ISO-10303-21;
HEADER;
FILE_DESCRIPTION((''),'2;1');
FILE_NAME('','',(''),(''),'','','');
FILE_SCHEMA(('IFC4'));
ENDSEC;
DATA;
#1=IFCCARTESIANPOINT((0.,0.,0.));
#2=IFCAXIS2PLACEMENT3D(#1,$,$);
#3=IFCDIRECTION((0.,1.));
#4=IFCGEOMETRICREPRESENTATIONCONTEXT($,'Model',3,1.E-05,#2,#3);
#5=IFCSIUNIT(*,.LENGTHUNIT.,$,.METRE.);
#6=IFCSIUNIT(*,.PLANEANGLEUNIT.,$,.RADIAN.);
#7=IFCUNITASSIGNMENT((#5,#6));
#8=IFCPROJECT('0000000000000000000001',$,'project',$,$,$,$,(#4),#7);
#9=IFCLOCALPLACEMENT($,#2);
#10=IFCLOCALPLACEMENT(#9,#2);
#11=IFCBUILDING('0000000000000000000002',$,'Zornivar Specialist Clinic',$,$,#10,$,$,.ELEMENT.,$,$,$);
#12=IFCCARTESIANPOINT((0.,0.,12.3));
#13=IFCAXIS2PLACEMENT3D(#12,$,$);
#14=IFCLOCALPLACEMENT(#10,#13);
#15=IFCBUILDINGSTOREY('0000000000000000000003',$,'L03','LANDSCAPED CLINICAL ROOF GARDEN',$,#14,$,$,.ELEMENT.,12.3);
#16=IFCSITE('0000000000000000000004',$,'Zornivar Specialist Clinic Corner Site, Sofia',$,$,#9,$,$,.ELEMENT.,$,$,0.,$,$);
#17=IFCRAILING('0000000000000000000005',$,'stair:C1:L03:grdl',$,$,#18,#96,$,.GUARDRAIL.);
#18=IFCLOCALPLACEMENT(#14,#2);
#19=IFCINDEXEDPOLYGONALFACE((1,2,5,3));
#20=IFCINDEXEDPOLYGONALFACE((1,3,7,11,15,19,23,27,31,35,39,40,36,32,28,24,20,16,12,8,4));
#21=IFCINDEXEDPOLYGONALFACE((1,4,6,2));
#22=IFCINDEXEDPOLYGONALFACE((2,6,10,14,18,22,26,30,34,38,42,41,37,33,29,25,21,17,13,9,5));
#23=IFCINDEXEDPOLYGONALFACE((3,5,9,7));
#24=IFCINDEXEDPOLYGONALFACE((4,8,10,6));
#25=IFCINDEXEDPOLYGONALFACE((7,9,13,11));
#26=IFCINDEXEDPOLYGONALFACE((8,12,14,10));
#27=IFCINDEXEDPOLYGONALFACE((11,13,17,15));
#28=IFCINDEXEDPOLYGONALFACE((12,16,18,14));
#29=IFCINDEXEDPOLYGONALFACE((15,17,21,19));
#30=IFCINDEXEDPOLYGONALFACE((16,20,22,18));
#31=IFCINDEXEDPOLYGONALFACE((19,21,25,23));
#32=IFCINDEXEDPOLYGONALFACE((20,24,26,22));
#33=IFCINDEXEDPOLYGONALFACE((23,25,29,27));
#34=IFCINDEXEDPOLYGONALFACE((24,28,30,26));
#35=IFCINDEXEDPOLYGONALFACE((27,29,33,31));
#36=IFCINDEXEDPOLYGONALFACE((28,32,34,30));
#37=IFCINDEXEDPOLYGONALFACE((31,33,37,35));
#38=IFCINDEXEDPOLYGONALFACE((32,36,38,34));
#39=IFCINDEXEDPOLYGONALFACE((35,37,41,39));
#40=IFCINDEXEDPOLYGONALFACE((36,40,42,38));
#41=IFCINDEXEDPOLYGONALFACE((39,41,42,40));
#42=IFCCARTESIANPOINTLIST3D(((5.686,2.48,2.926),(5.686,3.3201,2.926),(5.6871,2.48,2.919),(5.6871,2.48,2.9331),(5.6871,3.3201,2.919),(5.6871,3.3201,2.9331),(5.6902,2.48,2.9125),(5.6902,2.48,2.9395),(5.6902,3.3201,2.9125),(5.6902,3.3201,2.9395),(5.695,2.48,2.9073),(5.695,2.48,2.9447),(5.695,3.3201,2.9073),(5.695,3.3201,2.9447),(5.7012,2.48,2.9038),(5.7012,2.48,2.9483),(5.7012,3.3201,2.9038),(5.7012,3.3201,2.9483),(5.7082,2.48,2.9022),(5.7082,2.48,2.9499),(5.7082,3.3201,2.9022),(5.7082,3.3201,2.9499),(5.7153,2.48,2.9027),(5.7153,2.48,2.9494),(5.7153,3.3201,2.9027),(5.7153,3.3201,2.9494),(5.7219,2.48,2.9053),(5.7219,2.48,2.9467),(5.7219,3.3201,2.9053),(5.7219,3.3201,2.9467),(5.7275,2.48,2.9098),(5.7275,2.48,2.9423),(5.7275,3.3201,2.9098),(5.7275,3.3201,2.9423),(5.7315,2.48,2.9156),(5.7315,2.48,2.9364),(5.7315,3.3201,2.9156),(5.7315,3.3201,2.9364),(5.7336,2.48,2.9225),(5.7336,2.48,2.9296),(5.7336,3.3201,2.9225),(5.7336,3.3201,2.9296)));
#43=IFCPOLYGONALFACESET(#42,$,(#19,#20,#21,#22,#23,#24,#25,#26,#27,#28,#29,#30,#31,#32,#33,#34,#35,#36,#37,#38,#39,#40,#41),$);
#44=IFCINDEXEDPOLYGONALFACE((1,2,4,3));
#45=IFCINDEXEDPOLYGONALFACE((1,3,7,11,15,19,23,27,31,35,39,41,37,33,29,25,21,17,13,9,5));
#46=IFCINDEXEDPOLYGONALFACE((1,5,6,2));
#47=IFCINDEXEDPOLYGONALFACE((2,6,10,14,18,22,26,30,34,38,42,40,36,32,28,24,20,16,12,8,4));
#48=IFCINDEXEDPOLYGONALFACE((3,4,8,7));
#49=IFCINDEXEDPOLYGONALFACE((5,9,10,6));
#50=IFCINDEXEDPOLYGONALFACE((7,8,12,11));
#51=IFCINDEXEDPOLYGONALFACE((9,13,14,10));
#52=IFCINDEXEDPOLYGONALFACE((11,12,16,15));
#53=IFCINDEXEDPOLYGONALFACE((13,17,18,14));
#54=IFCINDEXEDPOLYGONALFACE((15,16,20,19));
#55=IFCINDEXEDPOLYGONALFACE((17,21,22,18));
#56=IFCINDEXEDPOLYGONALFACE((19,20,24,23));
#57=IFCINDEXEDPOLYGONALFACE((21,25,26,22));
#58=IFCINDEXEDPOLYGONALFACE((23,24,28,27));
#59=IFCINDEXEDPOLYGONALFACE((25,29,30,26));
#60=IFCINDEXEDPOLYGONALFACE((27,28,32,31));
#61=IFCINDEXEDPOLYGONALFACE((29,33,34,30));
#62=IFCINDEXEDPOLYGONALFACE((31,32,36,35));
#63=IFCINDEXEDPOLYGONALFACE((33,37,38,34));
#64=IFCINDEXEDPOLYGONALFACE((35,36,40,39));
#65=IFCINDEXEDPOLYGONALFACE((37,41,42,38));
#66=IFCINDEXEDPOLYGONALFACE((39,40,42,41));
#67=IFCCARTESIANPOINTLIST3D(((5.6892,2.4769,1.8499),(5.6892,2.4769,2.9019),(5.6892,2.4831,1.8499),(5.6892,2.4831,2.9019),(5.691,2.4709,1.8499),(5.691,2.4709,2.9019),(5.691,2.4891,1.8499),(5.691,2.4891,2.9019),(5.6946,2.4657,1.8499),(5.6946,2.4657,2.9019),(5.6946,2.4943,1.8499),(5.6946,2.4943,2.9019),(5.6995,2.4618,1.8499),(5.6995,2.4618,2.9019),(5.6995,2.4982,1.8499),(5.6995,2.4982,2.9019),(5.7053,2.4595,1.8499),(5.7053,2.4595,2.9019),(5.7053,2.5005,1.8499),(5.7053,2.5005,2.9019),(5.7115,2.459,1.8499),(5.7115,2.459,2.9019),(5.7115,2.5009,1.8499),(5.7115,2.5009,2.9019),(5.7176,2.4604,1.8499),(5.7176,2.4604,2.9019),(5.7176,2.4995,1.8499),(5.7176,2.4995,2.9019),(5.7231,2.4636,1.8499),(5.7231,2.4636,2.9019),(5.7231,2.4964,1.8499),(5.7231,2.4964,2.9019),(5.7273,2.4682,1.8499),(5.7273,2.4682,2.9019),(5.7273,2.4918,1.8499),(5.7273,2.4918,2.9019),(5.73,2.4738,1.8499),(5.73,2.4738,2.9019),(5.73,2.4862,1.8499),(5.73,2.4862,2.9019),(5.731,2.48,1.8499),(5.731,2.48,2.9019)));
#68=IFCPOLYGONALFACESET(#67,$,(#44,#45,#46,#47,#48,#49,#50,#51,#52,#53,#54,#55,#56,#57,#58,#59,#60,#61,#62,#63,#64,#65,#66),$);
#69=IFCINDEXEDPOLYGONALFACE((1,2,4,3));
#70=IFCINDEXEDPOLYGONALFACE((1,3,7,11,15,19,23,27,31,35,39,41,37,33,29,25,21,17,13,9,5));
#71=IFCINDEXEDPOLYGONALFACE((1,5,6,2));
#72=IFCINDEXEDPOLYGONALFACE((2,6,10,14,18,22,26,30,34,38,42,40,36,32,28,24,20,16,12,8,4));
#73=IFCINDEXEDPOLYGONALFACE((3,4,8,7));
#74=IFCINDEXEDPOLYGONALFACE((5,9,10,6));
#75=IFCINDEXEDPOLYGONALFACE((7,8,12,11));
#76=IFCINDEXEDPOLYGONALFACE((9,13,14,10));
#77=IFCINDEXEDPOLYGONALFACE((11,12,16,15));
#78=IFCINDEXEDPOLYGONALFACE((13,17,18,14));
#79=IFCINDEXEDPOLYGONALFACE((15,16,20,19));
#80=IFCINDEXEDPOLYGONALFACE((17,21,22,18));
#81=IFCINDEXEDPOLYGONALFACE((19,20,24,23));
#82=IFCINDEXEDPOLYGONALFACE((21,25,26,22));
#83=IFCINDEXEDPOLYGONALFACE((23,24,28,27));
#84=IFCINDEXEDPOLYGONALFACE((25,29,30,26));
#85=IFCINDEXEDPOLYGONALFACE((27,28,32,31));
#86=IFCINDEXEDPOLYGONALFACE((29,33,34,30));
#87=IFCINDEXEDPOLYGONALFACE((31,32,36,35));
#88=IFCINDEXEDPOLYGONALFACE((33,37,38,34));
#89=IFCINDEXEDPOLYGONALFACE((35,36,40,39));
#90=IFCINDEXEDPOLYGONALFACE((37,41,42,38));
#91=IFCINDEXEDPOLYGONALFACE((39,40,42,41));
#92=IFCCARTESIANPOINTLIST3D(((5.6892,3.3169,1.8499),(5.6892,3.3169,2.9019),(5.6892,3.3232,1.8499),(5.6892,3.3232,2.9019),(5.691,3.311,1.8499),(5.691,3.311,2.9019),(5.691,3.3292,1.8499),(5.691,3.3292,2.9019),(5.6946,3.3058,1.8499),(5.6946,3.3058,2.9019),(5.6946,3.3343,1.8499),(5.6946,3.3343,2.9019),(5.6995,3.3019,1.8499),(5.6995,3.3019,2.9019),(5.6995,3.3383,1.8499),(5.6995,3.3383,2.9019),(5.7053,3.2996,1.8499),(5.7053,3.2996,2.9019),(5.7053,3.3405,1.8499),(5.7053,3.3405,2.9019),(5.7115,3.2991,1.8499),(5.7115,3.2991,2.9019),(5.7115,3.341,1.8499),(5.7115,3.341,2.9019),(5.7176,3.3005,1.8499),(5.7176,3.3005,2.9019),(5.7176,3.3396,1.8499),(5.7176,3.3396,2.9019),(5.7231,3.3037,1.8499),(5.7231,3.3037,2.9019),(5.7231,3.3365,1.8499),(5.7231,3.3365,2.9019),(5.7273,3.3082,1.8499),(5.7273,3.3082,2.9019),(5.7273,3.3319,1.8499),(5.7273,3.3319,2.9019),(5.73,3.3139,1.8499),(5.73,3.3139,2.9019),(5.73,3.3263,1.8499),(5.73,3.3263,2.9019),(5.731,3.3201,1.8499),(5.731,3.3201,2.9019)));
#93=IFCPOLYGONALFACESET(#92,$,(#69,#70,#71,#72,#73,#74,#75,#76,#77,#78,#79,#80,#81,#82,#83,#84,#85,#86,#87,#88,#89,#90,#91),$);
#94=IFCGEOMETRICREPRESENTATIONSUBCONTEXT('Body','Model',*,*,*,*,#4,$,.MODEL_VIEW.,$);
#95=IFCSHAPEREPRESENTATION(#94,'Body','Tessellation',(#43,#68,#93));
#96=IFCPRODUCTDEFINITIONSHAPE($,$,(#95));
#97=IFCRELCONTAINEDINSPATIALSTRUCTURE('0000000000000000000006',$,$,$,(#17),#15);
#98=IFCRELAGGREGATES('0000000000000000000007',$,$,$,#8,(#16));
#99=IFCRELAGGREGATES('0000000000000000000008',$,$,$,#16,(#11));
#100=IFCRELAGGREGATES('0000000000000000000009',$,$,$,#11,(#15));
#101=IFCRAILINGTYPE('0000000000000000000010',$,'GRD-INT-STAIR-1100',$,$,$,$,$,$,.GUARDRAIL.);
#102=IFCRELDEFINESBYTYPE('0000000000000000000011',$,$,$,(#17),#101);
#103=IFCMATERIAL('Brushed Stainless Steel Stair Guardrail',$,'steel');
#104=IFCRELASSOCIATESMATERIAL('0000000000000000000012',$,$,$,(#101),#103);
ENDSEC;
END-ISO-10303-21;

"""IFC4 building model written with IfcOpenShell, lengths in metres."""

from ifc_helpers import new_model, si_unit, direction, frame, origin, origin_2d, place, context, subcontext, project, spatial, circle, extrude, material, type_object, element, save


model = new_model("IFC4")

# Units and contexts
model_context = context("Model", 3, precision=1e-05, world=origin(), true_north=direction((0.0, 1.0)))
body_context = subcontext(model_context, "Body", "Model", "MODEL_VIEW")
ifc_project = project(units=[si_unit("LENGTHUNIT", "METRE"), si_unit("PLANEANGLEUNIT", "RADIAN")], contexts=[model_context])

# Site, building, storey
site_placement = place(None, origin())
site = spatial("IfcSite", under=ifc_project, at=site_placement, Name="Zornivar Specialist Clinic Corner Site, Sofia", CompositionType="ELEMENT", RefElevation=0.0)
building_placement = place(site_placement, origin())
building = spatial("IfcBuilding", under=site, at=building_placement, Name="Zornivar Specialist Clinic", CompositionType="ELEMENT")
storey_placement = place(building_placement, frame((0.0, 0.0, 12.3)))
storey = spatial("IfcBuildingStorey", under=building, at=storey_placement, Name="L03", Description="LANDSCAPED CLINICAL ROOF GARDEN", CompositionType="ELEMENT", Elevation=12.3)

# Railing
ifc_material_1 = material(Name="Brushed Stainless Steel Stair Guardrail", Category="steel")
railing_type_1 = type_object("IfcRailingType", Name="GRD-INT-STAIR-1100", PredefinedType="GUARDRAIL", material=ifc_material_1)
railing_1_placement = place(storey_placement, frame((5.71, 2.48, 1.8499)))
element("IfcRailing", 1, at=railing_1_placement, inside=storey, type_object=railing_type_1, Name="stair:C1:L03:grdl", PredefinedType="GUARDRAIL", context=body_context, shape_type="SweptSolid", body=[
    extrude(circle(Radius=0.0239, at=origin_2d()), frame((0.0, 0.0, 1.0762), z_axis=(0.0, 1.0, 0.0), x_axis=(-1.0, 0.0, 0.0)), (0.0, 0.0, 1.0), 0.8401),
    extrude(circle(Radius=0.021, at=origin_2d()), origin(), (0.0, 0.0, 1.0), 1.052),
    extrude(circle(Radius=0.021, at=origin_2d()), frame((0.0, 0.8401, 0.0)), (0.0, 0.0, 1.0), 1.052),
])

save(model, "model.ifc")
